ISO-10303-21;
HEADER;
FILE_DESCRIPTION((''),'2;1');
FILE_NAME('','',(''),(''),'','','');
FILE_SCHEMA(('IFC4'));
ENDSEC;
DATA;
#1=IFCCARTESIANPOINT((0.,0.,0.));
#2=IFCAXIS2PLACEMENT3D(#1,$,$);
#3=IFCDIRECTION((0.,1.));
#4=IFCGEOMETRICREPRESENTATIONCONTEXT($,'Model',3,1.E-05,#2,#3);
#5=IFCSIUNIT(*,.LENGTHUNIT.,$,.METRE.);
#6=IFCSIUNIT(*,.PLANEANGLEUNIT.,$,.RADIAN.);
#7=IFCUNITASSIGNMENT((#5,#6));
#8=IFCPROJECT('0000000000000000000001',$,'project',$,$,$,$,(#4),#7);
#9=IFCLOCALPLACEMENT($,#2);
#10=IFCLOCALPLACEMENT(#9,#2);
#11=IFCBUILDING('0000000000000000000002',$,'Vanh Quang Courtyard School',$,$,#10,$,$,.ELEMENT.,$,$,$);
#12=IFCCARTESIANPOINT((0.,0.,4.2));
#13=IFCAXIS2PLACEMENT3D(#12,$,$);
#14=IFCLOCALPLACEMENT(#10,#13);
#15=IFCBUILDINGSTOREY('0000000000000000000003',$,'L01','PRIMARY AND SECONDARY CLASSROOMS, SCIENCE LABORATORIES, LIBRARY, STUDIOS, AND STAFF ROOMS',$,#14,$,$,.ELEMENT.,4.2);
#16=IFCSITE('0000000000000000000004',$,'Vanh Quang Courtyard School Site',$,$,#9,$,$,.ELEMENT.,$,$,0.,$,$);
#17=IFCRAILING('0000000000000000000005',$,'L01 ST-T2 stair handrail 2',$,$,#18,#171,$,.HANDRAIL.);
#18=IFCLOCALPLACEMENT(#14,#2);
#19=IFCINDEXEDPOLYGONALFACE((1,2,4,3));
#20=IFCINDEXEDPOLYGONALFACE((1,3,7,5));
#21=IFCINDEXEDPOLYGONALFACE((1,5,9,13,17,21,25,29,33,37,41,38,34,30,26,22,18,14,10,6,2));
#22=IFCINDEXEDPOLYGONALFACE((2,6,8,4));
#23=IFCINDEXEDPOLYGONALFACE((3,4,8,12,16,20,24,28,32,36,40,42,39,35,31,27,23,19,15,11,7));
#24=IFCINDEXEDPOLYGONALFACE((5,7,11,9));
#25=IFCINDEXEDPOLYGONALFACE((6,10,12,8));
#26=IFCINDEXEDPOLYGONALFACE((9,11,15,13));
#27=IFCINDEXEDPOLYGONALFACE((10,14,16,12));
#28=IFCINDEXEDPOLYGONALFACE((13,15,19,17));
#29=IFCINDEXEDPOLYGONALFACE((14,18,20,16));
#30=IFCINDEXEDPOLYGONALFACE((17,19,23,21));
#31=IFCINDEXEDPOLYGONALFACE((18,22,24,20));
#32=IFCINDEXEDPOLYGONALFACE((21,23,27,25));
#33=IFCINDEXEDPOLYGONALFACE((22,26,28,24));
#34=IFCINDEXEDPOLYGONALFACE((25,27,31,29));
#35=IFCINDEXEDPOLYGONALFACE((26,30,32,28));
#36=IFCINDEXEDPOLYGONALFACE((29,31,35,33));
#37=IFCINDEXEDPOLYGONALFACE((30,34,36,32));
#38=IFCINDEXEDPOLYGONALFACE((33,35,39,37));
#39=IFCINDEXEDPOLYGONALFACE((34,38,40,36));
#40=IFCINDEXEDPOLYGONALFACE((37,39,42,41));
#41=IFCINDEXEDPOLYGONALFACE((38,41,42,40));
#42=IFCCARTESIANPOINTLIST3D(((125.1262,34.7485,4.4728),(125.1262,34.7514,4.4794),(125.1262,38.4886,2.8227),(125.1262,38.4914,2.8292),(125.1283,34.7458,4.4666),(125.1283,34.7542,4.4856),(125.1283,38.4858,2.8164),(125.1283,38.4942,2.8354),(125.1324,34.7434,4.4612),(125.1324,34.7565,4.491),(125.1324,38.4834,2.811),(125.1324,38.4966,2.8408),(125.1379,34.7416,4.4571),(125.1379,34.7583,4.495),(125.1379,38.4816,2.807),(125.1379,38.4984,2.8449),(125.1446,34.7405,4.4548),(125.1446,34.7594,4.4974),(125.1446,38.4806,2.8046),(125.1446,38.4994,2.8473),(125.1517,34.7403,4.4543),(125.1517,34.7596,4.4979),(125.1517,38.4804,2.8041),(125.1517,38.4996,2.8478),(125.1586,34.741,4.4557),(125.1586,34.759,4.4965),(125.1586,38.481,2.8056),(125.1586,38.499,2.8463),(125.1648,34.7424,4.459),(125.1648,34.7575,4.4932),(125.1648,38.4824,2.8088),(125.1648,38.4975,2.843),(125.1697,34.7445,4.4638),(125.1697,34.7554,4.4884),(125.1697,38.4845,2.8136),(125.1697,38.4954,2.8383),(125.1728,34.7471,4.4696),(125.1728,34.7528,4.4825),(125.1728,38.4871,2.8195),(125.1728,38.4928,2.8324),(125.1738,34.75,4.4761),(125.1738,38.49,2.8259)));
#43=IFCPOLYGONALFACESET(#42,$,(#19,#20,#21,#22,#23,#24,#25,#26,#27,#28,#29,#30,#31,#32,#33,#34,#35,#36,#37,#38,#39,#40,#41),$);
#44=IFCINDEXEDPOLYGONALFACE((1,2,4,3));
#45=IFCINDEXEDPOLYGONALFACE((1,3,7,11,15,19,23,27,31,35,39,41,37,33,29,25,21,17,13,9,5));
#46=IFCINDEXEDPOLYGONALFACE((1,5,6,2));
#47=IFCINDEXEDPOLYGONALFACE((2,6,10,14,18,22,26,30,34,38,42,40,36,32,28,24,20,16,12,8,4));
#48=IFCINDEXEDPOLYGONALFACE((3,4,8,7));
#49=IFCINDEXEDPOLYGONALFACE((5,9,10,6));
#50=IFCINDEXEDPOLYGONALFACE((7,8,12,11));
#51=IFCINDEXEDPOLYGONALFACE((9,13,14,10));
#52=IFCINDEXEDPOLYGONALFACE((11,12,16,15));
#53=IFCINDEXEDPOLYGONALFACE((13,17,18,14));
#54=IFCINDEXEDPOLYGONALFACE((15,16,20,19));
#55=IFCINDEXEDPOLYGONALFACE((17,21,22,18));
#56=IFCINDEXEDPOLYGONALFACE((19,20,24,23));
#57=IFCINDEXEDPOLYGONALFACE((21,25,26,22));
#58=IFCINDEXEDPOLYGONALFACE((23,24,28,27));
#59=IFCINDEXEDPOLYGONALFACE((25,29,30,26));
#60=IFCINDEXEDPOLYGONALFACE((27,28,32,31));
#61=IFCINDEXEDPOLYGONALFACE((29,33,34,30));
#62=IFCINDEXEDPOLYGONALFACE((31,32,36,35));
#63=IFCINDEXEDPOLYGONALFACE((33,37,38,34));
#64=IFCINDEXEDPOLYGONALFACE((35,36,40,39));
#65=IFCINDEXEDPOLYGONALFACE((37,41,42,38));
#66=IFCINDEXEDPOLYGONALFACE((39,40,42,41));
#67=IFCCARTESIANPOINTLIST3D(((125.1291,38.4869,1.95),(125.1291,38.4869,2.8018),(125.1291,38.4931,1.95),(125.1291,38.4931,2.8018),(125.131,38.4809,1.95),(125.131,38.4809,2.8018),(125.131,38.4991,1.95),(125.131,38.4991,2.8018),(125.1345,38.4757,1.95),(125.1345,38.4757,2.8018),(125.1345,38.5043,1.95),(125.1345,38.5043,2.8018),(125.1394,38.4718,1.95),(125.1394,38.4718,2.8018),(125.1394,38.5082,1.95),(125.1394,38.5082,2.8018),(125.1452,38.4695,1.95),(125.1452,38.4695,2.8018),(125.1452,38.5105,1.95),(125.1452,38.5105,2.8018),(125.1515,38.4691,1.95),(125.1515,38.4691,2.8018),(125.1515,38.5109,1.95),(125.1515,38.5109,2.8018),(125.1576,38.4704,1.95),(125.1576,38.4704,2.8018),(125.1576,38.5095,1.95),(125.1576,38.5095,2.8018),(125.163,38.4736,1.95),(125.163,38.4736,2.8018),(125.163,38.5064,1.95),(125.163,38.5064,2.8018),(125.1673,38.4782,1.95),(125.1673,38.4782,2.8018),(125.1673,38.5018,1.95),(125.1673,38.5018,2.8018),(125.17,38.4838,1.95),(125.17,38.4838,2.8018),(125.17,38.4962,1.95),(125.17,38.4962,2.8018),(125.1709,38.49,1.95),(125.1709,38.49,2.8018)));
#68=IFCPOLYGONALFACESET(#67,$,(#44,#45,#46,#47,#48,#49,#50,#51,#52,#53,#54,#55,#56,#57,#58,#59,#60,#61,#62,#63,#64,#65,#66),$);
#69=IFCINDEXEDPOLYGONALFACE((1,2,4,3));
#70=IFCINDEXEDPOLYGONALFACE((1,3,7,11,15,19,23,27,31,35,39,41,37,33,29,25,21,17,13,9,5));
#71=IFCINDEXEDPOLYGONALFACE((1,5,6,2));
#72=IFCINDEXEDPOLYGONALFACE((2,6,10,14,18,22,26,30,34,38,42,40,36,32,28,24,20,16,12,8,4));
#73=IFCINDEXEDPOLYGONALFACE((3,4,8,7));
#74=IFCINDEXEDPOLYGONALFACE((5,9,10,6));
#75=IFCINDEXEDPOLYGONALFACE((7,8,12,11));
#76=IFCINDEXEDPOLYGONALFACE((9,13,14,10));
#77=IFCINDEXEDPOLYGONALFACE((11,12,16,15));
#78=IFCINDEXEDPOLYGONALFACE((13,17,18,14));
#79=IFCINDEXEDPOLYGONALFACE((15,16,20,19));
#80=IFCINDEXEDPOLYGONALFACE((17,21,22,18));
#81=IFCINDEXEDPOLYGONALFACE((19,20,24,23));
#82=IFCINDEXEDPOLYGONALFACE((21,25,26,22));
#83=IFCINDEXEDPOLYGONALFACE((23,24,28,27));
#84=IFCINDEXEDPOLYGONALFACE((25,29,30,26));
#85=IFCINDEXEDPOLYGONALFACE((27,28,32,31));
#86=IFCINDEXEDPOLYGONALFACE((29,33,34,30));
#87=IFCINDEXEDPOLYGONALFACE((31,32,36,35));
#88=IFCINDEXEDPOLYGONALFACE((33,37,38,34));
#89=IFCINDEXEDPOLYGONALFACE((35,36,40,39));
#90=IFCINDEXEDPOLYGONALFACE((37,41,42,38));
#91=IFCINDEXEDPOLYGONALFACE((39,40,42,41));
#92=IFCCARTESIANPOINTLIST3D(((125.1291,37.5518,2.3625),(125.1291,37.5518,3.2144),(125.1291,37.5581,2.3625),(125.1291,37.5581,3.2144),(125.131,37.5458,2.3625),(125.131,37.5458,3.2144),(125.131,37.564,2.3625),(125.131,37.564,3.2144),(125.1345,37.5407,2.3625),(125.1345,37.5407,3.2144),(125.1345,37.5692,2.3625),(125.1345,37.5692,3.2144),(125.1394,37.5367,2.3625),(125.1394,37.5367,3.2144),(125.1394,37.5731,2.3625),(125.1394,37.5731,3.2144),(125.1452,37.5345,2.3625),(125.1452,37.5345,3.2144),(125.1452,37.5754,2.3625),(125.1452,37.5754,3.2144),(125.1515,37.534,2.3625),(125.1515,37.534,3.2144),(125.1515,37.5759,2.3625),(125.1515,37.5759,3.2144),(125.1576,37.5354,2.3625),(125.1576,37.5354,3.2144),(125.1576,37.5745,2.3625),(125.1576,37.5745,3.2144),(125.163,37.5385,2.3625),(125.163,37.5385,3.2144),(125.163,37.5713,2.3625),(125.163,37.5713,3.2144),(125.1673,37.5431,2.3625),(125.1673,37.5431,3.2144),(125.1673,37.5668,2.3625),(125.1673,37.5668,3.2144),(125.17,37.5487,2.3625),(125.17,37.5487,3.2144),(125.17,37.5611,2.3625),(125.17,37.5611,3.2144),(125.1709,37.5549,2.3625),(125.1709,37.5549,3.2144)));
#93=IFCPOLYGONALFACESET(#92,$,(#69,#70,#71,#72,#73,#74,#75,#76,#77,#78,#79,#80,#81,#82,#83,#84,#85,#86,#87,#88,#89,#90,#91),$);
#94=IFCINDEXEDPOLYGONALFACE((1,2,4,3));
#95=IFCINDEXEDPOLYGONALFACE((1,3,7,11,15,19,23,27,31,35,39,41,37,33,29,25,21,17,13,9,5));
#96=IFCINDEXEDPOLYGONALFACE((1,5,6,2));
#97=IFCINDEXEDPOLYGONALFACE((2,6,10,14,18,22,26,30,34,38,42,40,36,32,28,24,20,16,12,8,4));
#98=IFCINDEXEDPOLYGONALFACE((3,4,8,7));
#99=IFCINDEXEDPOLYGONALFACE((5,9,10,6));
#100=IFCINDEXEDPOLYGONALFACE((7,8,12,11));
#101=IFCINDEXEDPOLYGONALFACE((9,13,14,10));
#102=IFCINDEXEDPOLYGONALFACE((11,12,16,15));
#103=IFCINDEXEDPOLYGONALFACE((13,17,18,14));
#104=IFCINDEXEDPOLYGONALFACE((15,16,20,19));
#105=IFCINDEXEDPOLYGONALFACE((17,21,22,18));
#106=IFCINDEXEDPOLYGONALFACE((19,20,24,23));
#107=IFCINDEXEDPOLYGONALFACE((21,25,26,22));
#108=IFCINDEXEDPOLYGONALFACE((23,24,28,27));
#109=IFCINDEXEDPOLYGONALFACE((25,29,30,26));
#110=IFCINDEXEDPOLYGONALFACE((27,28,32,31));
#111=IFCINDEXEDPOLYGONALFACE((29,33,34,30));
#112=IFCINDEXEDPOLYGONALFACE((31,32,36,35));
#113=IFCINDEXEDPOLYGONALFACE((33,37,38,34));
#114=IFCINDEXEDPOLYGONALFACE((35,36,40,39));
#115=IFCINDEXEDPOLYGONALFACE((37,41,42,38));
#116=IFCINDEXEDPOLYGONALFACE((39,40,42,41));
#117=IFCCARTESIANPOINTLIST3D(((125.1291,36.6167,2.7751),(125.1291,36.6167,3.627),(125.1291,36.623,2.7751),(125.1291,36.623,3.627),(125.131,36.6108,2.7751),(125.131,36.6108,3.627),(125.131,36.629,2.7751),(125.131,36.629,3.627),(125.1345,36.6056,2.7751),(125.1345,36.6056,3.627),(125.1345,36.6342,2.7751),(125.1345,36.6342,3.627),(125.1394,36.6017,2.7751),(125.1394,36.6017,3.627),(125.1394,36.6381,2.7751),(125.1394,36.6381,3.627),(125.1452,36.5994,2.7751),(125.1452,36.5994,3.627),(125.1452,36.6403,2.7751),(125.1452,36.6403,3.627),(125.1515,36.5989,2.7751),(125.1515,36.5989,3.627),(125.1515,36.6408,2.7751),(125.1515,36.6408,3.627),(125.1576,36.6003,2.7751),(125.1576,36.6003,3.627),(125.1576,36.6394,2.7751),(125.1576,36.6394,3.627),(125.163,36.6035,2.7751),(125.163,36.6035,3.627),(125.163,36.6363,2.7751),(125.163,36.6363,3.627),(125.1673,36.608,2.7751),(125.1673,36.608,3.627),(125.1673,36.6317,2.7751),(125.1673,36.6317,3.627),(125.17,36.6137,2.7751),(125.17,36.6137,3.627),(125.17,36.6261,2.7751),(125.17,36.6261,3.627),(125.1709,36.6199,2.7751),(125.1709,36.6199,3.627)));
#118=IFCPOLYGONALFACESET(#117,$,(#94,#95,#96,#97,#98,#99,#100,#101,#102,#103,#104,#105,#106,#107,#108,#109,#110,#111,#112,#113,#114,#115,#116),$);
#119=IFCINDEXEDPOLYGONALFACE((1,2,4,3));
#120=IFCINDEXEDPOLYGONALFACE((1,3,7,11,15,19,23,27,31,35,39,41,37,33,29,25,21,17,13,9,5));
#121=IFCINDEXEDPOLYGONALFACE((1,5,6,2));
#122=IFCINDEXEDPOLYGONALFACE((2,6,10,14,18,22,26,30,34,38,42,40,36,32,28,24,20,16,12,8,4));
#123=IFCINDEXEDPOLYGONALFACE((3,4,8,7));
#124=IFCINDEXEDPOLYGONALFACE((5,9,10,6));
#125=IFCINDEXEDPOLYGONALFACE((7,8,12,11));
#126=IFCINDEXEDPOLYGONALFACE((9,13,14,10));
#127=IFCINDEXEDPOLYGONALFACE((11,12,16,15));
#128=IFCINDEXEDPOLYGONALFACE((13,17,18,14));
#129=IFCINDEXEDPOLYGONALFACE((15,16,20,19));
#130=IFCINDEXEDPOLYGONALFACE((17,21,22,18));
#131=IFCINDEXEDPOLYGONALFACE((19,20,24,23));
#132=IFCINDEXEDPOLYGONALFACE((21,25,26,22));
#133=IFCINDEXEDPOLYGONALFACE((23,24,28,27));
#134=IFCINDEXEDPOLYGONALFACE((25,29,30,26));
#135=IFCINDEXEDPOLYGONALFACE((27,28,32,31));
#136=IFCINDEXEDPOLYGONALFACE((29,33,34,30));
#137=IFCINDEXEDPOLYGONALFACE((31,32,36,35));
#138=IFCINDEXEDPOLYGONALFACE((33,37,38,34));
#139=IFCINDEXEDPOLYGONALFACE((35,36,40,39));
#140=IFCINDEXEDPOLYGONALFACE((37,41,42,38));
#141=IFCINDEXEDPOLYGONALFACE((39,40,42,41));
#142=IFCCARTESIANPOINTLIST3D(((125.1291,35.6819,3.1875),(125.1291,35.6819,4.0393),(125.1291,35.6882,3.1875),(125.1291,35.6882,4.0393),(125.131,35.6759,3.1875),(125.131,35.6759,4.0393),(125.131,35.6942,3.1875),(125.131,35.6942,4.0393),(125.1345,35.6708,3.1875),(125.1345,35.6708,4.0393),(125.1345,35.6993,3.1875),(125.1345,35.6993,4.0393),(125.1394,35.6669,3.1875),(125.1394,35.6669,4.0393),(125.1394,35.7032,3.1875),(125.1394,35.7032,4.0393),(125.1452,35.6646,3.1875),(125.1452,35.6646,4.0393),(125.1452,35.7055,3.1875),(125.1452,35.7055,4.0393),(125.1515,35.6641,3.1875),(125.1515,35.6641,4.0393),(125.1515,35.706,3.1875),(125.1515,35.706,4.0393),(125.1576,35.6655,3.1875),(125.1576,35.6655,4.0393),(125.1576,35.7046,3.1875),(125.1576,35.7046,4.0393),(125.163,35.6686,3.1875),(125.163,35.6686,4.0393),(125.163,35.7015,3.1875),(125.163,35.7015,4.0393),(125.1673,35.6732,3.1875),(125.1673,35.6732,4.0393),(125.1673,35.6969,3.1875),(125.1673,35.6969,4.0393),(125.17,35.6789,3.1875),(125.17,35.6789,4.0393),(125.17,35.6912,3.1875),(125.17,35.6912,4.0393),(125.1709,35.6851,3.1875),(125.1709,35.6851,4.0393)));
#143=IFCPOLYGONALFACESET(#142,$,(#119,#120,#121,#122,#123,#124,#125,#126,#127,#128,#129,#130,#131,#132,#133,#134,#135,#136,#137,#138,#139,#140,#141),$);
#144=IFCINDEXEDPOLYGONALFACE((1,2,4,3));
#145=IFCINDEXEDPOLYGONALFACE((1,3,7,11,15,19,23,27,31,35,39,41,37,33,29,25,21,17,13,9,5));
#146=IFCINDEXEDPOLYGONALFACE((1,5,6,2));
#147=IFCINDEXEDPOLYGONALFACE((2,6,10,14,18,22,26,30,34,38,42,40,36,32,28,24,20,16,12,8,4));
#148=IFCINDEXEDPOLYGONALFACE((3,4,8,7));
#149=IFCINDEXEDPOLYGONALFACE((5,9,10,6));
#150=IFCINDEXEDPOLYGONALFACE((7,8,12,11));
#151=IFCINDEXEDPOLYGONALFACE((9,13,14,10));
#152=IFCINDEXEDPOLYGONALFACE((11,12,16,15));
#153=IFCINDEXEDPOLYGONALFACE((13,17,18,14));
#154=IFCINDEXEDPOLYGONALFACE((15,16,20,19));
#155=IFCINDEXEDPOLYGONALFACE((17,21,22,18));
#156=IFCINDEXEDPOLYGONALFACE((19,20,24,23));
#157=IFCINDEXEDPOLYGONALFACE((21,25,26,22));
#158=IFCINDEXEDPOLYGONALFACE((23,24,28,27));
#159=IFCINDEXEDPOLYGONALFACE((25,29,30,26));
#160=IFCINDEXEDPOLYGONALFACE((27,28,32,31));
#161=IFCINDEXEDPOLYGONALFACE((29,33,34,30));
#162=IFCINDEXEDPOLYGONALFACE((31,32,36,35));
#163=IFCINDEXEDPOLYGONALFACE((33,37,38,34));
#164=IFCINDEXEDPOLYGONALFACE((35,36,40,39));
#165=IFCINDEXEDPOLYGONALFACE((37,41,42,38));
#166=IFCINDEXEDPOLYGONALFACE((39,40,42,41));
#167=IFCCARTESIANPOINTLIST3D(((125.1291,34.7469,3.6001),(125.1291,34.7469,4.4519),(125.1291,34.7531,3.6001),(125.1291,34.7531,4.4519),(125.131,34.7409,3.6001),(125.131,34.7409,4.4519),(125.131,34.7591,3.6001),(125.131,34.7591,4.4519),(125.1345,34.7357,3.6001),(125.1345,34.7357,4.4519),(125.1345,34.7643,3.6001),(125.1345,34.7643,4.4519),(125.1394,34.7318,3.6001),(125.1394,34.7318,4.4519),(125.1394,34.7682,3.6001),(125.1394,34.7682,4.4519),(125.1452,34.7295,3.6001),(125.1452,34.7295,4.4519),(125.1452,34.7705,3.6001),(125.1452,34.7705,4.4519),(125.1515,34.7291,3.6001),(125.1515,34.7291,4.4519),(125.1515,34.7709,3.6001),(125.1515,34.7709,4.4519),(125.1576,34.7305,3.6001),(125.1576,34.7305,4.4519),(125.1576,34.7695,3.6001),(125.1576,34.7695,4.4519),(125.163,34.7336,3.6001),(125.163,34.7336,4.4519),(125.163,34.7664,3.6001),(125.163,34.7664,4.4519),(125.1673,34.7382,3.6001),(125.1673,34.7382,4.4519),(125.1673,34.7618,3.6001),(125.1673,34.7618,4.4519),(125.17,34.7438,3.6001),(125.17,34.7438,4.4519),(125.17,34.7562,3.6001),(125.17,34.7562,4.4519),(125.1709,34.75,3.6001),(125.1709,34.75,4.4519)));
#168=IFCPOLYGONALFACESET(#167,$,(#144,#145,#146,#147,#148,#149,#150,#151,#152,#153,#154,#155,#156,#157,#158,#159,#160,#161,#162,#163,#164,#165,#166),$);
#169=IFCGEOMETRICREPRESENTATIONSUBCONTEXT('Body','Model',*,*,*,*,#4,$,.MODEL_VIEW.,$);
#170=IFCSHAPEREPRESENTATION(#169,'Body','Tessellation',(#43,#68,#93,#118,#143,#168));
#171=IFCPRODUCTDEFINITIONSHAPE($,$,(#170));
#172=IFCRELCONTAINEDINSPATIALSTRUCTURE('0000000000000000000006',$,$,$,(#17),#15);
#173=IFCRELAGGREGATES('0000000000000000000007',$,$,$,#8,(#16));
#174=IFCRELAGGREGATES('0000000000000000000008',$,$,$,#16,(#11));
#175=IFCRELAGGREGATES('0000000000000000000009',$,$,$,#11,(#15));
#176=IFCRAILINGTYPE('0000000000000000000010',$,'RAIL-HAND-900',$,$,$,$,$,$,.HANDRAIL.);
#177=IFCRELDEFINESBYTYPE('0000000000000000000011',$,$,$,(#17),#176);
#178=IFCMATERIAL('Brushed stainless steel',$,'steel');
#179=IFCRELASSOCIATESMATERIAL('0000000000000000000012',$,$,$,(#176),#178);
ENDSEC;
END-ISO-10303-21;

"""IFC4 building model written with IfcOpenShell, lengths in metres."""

from ifc_helpers import new_model, si_unit, direction, frame, origin, origin_2d, place, context, subcontext, project, spatial, circle, extrude, material, type_object, element, save


model = new_model("IFC4")

# Units and contexts
model_context = context("Model", 3, precision=1e-05, world=origin(), true_north=direction((0.0, 1.0)))
body_context = subcontext(model_context, "Body", "Model", "MODEL_VIEW")
ifc_project = project(units=[si_unit("LENGTHUNIT", "METRE"), si_unit("PLANEANGLEUNIT", "RADIAN")], contexts=[model_context])

# Site, building, storey
site_placement = place(None, origin())
site = spatial("IfcSite", under=ifc_project, at=site_placement, Name="Vanh Quang Courtyard School Site", CompositionType="ELEMENT", RefElevation=0.0)
building_placement = place(site_placement, origin())
building = spatial("IfcBuilding", under=site, at=building_placement, Name="Vanh Quang Courtyard School", CompositionType="ELEMENT")
storey_placement = place(building_placement, frame((0.0, 0.0, 4.2)))
storey = spatial("IfcBuildingStorey", under=building, at=storey_placement, Name="L01", Description="PRIMARY AND SECONDARY CLASSROOMS, SCIENCE LABORATORIES, LIBRARY, STUDIOS, AND STAFF ROOMS", CompositionType="ELEMENT", Elevation=4.2)

# Railing
ifc_material_1 = material(Name="Brushed stainless steel", Category="steel")
railing_type_1 = type_object("IfcRailingType", Name="RAIL-HAND-900", PredefinedType="HANDRAIL", material=ifc_material_1)
railing_1_placement = place(storey_placement, frame((125.1499, 38.49, 1.95)))
element("IfcRailing", 1, at=railing_1_placement, inside=storey, type_object=railing_type_1, Name="L01 ST-T2 stair handrail 2", PredefinedType="HANDRAIL", context=body_context, shape_type="SweptSolid", body=[
    extrude(circle(Radius=0.0239, at=origin_2d()), frame((0.0, 0.0, 0.876), z_axis=(0.0, -0.914904, 0.403671), x_axis=(1.0, 0.0, 0.0)), (0.0, 0.0, 1.0), 4.0879),
    extrude(circle(Radius=0.021, at=origin_2d()), origin(), (0.0, 0.0, 1.0), 0.8518),
    extrude(circle(Radius=0.021, at=origin_2d()), frame((0.0, -0.9351, 0.4126)), (0.0, 0.0, 1.0), 0.8518),
    extrude(circle(Radius=0.021, at=origin_2d()), frame((0.0, -1.8701, 0.8252)), (0.0, 0.0, 1.0), 0.8518),
    extrude(circle(Radius=0.021, at=origin_2d()), frame((0.0, -2.8049, 1.2375)), (0.0, 0.0, 1.0), 0.8518),
    extrude(circle(Radius=0.021, at=origin_2d()), frame((0.0, -3.74, 1.6501)), (0.0, 0.0, 1.0), 0.8518),
])

save(model, "model.ifc")
